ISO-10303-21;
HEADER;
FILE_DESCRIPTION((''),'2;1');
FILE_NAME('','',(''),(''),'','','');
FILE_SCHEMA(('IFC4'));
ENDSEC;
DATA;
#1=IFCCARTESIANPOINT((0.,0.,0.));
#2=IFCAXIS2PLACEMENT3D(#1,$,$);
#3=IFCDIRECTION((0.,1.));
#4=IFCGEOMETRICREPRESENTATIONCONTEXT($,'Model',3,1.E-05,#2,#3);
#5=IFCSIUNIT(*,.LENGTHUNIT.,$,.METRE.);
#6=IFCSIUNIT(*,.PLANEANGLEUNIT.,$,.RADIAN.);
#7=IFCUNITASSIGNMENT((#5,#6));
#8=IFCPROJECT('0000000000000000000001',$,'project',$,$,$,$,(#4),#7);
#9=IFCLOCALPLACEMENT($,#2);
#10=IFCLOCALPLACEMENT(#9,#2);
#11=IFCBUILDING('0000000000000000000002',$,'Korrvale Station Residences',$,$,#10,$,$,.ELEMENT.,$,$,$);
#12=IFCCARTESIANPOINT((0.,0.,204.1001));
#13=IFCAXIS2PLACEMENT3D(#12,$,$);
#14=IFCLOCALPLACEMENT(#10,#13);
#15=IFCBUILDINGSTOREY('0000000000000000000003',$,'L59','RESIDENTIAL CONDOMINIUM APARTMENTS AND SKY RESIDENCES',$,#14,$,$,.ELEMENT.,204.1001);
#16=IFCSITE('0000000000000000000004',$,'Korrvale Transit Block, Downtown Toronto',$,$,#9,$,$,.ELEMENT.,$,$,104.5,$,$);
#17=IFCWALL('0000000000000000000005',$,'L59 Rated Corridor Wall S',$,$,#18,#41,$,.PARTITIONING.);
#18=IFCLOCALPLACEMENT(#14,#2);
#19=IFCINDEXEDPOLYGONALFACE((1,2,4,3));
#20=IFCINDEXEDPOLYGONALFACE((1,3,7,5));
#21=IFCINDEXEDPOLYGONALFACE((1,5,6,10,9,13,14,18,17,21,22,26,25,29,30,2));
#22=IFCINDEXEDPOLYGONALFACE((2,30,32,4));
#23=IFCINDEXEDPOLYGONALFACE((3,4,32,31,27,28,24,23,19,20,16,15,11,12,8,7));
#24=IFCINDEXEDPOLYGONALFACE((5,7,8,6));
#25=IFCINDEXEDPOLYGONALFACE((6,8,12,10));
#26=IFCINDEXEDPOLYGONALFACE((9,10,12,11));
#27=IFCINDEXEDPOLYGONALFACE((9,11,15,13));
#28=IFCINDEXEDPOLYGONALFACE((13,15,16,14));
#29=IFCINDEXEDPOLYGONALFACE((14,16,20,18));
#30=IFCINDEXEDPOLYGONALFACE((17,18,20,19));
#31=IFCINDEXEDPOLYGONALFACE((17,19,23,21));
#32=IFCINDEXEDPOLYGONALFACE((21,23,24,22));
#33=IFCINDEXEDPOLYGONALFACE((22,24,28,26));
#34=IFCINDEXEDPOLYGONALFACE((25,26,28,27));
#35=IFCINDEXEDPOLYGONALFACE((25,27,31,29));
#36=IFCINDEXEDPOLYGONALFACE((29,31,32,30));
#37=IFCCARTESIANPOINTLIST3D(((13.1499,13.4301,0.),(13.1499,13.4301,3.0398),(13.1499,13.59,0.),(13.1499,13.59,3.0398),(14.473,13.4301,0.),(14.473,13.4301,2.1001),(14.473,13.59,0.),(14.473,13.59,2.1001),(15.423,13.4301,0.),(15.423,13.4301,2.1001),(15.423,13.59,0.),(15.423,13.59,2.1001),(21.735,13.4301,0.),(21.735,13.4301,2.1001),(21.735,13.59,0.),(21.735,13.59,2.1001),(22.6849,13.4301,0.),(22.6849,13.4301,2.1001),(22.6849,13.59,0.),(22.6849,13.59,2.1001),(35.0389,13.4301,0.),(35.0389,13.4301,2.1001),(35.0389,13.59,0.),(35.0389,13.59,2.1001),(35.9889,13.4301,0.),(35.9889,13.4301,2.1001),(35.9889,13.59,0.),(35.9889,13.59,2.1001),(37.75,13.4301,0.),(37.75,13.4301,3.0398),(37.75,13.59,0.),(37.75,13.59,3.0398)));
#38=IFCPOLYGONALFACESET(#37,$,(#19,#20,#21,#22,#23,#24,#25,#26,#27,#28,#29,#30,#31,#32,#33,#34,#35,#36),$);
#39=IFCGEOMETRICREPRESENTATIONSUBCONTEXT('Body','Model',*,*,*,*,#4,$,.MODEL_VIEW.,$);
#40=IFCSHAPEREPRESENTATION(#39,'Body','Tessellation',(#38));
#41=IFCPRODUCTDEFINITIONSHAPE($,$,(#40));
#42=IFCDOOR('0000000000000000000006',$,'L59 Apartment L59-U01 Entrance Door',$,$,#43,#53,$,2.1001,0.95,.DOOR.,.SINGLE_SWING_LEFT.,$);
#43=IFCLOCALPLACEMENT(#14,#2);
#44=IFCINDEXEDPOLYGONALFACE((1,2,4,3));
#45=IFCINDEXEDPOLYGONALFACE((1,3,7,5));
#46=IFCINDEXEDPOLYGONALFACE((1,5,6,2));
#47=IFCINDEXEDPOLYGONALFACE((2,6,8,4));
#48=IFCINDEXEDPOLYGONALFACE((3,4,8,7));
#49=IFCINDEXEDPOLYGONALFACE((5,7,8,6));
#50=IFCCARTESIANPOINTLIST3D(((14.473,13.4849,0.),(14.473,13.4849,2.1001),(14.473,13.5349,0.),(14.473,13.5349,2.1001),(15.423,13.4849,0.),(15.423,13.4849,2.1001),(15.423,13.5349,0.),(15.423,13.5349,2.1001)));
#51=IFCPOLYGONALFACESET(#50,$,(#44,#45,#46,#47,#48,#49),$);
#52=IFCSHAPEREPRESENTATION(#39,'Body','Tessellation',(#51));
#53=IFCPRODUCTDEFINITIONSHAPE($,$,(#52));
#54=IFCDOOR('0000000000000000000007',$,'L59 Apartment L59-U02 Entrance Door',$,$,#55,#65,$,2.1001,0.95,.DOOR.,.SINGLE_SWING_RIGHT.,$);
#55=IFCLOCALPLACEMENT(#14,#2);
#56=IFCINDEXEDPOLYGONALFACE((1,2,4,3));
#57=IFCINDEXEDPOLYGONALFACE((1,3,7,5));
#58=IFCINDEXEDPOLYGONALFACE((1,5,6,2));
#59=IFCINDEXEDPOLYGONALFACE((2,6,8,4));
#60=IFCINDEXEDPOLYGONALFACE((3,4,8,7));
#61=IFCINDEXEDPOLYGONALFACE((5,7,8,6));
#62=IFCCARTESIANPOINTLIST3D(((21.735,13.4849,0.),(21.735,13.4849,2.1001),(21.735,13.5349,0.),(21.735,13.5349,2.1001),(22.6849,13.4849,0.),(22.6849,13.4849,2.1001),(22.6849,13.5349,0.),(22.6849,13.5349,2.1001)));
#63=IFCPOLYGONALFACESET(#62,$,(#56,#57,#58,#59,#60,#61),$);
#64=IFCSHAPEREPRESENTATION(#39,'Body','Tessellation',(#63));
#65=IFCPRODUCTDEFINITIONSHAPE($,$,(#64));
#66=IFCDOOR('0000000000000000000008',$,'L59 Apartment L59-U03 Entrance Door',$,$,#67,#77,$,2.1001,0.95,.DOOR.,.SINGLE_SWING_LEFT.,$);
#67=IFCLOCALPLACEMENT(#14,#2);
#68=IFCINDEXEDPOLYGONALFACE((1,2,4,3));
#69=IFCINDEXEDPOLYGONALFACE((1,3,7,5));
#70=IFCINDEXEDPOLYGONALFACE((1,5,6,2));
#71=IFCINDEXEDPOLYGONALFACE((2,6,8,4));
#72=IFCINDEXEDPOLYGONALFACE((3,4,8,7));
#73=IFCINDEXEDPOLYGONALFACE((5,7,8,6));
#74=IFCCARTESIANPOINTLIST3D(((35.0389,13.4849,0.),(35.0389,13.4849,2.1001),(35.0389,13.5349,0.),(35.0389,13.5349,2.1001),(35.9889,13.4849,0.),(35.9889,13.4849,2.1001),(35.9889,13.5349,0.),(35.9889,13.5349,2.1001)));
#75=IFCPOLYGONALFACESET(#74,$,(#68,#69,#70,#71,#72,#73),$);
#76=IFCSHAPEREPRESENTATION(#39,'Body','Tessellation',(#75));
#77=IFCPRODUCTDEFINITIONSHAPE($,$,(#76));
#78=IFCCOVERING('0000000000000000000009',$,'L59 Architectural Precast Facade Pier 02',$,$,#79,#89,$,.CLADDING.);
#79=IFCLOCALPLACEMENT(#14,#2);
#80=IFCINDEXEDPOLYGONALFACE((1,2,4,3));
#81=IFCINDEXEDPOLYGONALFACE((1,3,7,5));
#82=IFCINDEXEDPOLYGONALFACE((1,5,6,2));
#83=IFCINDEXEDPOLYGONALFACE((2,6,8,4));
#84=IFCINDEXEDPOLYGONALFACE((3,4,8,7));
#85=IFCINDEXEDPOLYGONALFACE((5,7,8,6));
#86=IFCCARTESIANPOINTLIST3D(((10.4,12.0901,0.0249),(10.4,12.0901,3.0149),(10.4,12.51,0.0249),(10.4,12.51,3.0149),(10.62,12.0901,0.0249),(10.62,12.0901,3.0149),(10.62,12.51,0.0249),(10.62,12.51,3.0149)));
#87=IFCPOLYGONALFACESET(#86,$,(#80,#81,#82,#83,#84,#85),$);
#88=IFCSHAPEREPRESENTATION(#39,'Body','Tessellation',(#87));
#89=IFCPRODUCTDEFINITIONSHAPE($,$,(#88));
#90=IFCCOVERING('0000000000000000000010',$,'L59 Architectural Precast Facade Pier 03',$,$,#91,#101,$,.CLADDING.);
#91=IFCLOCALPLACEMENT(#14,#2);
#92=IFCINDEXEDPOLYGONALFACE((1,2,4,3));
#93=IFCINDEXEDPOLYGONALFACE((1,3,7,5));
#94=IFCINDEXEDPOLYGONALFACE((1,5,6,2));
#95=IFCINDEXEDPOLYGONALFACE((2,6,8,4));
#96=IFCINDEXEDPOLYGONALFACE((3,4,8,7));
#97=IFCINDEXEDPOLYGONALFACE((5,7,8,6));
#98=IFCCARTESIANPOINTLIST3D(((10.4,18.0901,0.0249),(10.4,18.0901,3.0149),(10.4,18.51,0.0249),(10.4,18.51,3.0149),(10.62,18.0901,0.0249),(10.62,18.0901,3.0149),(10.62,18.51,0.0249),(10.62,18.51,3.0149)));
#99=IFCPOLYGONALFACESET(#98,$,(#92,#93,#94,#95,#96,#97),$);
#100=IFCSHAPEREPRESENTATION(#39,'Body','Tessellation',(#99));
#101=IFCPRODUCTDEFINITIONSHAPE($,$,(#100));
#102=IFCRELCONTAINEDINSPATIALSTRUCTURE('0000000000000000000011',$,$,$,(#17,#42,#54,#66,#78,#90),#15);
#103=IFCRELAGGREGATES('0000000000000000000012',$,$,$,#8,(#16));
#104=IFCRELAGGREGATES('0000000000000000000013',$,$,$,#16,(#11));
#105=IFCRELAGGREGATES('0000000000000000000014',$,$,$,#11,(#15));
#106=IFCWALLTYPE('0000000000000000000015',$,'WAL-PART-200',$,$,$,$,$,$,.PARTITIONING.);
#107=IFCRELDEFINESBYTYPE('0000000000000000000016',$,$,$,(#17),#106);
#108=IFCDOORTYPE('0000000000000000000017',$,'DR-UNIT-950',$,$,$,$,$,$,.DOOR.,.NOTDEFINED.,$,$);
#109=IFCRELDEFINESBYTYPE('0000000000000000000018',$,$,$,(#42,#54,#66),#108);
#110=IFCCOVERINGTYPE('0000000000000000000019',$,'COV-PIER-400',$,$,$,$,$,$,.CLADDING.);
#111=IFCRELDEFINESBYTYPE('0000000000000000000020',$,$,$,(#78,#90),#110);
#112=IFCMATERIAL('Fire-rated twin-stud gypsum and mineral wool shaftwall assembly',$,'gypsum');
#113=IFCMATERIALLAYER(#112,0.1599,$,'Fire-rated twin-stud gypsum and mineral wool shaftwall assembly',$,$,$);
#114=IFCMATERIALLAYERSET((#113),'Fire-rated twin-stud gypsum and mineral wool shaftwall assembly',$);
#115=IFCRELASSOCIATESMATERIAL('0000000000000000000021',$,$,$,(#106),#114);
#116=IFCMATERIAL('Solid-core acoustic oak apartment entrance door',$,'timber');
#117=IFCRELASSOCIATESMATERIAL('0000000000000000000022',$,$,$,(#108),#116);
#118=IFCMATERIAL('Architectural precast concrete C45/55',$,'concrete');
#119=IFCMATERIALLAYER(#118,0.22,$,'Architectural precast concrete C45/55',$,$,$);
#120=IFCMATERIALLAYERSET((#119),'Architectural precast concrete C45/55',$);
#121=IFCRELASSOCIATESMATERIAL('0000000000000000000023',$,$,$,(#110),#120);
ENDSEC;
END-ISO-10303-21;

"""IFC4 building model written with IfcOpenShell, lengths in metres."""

from ifc_helpers import new_model, si_unit, direction, frame, frame_2d, origin, origin_2d, place, context, subcontext, project, spatial, rectangle, extrude, material, layer, layer_set, type_object, element, fill, save


model = new_model("IFC4")

# Units and contexts
model_context = context("Model", 3, precision=1e-05, world=origin(), true_north=direction((0.0, 1.0)))
body_context = subcontext(model_context, "Body", "Model", "MODEL_VIEW")
ifc_project = project(units=[si_unit("LENGTHUNIT", "METRE"), si_unit("PLANEANGLEUNIT", "RADIAN")], contexts=[model_context])

# Site, building, storey
site_placement = place(None, origin())
site = spatial("IfcSite", under=ifc_project, at=site_placement, Name="Korrvale Transit Block, Downtown Toronto", CompositionType="ELEMENT", RefElevation=104.5)
building_placement = place(site_placement, origin())
building = spatial("IfcBuilding", under=site, at=building_placement, Name="Korrvale Station Residences", CompositionType="ELEMENT")
storey_placement = place(building_placement, frame((0.0, 0.0, 204.1001)))
storey = spatial("IfcBuildingStorey", under=building, at=storey_placement, Name="L59", Description="RESIDENTIAL CONDOMINIUM APARTMENTS AND SKY RESIDENCES", CompositionType="ELEMENT", Elevation=204.1001)

# Shared definitions
ifc_material_1 = material(Name="Fire-rated twin-stud gypsum and mineral wool shaftwall assembly", Category="gypsum")
ifc_layer_1 = layer(ifc_material_1, 0.1599, Name="Fire-rated twin-stud gypsum and mineral wool shaftwall assembly")
ifc_layer_set_1 = layer_set([ifc_layer_1], Name="Fire-rated twin-stud gypsum and mineral wool shaftwall assembly")
wall_type_1 = type_object("IfcWallType", Name="WAL-PART-200", PredefinedType="PARTITIONING", material=ifc_layer_set_1)

# Shared definitions
ifc_material_2 = material(Name="Solid-core acoustic oak apartment entrance door", Category="timber")
door_type_1 = type_object("IfcDoorType", Name="DR-UNIT-950", OperationType="NOTDEFINED", PredefinedType="DOOR", material=ifc_material_2)

# Wall, openings, doors
wall_1_placement = place(storey_placement, frame((13.1499, 13.51, 0.0), z_axis=(0.0, 0.0, 1.0), x_axis=(1.0, 0.0, 0.0)))
wall_1 = element("IfcWall", 1, at=wall_1_placement, inside=storey, type_object=wall_type_1, Name="L59 Rated Corridor Wall S", PredefinedType="PARTITIONING", context=body_context, shape_type="SweptSolid", body=[
    extrude(rectangle(XDim=24.6001, YDim=0.1599, at=frame_2d((12.3, 0.0))), origin(), (0.0, 0.0, 1.0), 3.0398),
])
opening_1_placement = place(wall_1_placement, frame((1.323, 0.0, 0.0)))
opening_1 = element("IfcOpeningElement", 2, at=opening_1_placement, cuts=wall_1, PredefinedType="OPENING", context=body_context, shape_type="SweptSolid", body=[
    extrude(rectangle(XDim=0.95, YDim=2.1001, at=frame_2d((0.4751, 1.05))), frame((0.0, 0.0898, 0.0), z_axis=(0.0, -1.0, 0.0), x_axis=(1.0, 0.0, 0.0)), (0.0, 0.0, 1.0), 0.1799),
])
opening_2_placement = place(wall_1_placement, frame((8.585, 0.0, 0.0)))
opening_2 = element("IfcOpeningElement", 3, at=opening_2_placement, cuts=wall_1, PredefinedType="OPENING", context=body_context, shape_type="SweptSolid", body=[
    extrude(rectangle(XDim=0.95, YDim=2.1001, at=frame_2d((0.4751, 1.05))), frame((0.0, 0.0898, 0.0), z_axis=(0.0, -1.0, 0.0), x_axis=(1.0, 0.0, 0.0)), (0.0, 0.0, 1.0), 0.1799),
])
opening_3_placement = place(wall_1_placement, frame((21.8889, 0.0, 0.0)))
opening_3 = element("IfcOpeningElement", 4, at=opening_3_placement, cuts=wall_1, PredefinedType="OPENING", context=body_context, shape_type="SweptSolid", body=[
    extrude(rectangle(XDim=0.95, YDim=2.1001, at=frame_2d((0.4751, 1.05))), frame((0.0, 0.0898, 0.0), z_axis=(0.0, -1.0, 0.0), x_axis=(1.0, 0.0, 0.0)), (0.0, 0.0, 1.0), 0.1799),
])
door_1_placement = place(opening_1_placement, origin())
door_1 = element("IfcDoor", 5, at=door_1_placement, inside=storey, type_object=door_type_1, Name="L59 Apartment L59-U01 Entrance Door", OperationType="SINGLE_SWING_LEFT", OverallHeight=2.1001, OverallWidth=0.95, PredefinedType="DOOR", context=body_context, shape_type="SweptSolid", body=[
    extrude(rectangle(XDim=0.95, YDim=2.1001, at=frame_2d((0.4751, 1.05))), frame((0.0, 0.0249, 0.0), z_axis=(0.0, -1.0, 0.0), x_axis=(1.0, 0.0, 0.0)), (0.0, 0.0, 1.0), 0.05),
])
fill(opening_1, door_1)
door_2_placement = place(opening_2_placement, origin())
door_2 = element("IfcDoor", 6, at=door_2_placement, inside=storey, type_object=door_type_1, Name="L59 Apartment L59-U02 Entrance Door", OperationType="SINGLE_SWING_RIGHT", OverallHeight=2.1001, OverallWidth=0.95, PredefinedType="DOOR", context=body_context, shape_type="SweptSolid", body=[
    extrude(rectangle(XDim=0.95, YDim=2.1001, at=frame_2d((0.4751, 1.05))), frame((0.0, 0.0249, 0.0), z_axis=(0.0, -1.0, 0.0), x_axis=(1.0, 0.0, 0.0)), (0.0, 0.0, 1.0), 0.05),
])
fill(opening_2, door_2)
door_3_placement = place(opening_3_placement, origin())
door_3 = element("IfcDoor", 7, at=door_3_placement, inside=storey, type_object=door_type_1, Name="L59 Apartment L59-U03 Entrance Door", OperationType="SINGLE_SWING_LEFT", OverallHeight=2.1001, OverallWidth=0.95, PredefinedType="DOOR", context=body_context, shape_type="SweptSolid", body=[
    extrude(rectangle(XDim=0.95, YDim=2.1001, at=frame_2d((0.4751, 1.05))), frame((0.0, 0.0249, 0.0), z_axis=(0.0, -1.0, 0.0), x_axis=(1.0, 0.0, 0.0)), (0.0, 0.0, 1.0), 0.05),
])
fill(opening_3, door_3)

# Coverings
ifc_material_3 = material(Name="Architectural precast concrete C45/55", Category="concrete")
ifc_layer_2 = layer(ifc_material_3, 0.22, Name="Architectural precast concrete C45/55")
ifc_layer_set_2 = layer_set([ifc_layer_2], Name="Architectural precast concrete C45/55")
covering_type = type_object("IfcCoveringType", Name="COV-PIER-400", PredefinedType="CLADDING", material=ifc_layer_set_2)
for number, where, z_axis, x_axis, name in (
    (8, (10.51, 12.3, 0.0249), (0.0, 0.0, 1.0), (0.0, 1.0, 0.0), "L59 Architectural Precast Facade Pier 02"),
    (9, (10.51, 18.3, 0.0249), (0.0, 0.0, 1.0), (0.0, 1.0, 0.0), "L59 Architectural Precast Facade Pier 03"),
):
    element("IfcCovering", number, at=place(storey_placement, frame(where, z_axis=z_axis, x_axis=x_axis)), inside=storey, type_object=covering_type, Name=name, PredefinedType="CLADDING", context=body_context, shape_type="SweptSolid", body=[
        extrude(rectangle(XDim=0.4199, YDim=0.22, at=origin_2d()), origin(), (0.0, 0.0, 1.0), 2.99),
    ])

save(model, "model.ifc")
